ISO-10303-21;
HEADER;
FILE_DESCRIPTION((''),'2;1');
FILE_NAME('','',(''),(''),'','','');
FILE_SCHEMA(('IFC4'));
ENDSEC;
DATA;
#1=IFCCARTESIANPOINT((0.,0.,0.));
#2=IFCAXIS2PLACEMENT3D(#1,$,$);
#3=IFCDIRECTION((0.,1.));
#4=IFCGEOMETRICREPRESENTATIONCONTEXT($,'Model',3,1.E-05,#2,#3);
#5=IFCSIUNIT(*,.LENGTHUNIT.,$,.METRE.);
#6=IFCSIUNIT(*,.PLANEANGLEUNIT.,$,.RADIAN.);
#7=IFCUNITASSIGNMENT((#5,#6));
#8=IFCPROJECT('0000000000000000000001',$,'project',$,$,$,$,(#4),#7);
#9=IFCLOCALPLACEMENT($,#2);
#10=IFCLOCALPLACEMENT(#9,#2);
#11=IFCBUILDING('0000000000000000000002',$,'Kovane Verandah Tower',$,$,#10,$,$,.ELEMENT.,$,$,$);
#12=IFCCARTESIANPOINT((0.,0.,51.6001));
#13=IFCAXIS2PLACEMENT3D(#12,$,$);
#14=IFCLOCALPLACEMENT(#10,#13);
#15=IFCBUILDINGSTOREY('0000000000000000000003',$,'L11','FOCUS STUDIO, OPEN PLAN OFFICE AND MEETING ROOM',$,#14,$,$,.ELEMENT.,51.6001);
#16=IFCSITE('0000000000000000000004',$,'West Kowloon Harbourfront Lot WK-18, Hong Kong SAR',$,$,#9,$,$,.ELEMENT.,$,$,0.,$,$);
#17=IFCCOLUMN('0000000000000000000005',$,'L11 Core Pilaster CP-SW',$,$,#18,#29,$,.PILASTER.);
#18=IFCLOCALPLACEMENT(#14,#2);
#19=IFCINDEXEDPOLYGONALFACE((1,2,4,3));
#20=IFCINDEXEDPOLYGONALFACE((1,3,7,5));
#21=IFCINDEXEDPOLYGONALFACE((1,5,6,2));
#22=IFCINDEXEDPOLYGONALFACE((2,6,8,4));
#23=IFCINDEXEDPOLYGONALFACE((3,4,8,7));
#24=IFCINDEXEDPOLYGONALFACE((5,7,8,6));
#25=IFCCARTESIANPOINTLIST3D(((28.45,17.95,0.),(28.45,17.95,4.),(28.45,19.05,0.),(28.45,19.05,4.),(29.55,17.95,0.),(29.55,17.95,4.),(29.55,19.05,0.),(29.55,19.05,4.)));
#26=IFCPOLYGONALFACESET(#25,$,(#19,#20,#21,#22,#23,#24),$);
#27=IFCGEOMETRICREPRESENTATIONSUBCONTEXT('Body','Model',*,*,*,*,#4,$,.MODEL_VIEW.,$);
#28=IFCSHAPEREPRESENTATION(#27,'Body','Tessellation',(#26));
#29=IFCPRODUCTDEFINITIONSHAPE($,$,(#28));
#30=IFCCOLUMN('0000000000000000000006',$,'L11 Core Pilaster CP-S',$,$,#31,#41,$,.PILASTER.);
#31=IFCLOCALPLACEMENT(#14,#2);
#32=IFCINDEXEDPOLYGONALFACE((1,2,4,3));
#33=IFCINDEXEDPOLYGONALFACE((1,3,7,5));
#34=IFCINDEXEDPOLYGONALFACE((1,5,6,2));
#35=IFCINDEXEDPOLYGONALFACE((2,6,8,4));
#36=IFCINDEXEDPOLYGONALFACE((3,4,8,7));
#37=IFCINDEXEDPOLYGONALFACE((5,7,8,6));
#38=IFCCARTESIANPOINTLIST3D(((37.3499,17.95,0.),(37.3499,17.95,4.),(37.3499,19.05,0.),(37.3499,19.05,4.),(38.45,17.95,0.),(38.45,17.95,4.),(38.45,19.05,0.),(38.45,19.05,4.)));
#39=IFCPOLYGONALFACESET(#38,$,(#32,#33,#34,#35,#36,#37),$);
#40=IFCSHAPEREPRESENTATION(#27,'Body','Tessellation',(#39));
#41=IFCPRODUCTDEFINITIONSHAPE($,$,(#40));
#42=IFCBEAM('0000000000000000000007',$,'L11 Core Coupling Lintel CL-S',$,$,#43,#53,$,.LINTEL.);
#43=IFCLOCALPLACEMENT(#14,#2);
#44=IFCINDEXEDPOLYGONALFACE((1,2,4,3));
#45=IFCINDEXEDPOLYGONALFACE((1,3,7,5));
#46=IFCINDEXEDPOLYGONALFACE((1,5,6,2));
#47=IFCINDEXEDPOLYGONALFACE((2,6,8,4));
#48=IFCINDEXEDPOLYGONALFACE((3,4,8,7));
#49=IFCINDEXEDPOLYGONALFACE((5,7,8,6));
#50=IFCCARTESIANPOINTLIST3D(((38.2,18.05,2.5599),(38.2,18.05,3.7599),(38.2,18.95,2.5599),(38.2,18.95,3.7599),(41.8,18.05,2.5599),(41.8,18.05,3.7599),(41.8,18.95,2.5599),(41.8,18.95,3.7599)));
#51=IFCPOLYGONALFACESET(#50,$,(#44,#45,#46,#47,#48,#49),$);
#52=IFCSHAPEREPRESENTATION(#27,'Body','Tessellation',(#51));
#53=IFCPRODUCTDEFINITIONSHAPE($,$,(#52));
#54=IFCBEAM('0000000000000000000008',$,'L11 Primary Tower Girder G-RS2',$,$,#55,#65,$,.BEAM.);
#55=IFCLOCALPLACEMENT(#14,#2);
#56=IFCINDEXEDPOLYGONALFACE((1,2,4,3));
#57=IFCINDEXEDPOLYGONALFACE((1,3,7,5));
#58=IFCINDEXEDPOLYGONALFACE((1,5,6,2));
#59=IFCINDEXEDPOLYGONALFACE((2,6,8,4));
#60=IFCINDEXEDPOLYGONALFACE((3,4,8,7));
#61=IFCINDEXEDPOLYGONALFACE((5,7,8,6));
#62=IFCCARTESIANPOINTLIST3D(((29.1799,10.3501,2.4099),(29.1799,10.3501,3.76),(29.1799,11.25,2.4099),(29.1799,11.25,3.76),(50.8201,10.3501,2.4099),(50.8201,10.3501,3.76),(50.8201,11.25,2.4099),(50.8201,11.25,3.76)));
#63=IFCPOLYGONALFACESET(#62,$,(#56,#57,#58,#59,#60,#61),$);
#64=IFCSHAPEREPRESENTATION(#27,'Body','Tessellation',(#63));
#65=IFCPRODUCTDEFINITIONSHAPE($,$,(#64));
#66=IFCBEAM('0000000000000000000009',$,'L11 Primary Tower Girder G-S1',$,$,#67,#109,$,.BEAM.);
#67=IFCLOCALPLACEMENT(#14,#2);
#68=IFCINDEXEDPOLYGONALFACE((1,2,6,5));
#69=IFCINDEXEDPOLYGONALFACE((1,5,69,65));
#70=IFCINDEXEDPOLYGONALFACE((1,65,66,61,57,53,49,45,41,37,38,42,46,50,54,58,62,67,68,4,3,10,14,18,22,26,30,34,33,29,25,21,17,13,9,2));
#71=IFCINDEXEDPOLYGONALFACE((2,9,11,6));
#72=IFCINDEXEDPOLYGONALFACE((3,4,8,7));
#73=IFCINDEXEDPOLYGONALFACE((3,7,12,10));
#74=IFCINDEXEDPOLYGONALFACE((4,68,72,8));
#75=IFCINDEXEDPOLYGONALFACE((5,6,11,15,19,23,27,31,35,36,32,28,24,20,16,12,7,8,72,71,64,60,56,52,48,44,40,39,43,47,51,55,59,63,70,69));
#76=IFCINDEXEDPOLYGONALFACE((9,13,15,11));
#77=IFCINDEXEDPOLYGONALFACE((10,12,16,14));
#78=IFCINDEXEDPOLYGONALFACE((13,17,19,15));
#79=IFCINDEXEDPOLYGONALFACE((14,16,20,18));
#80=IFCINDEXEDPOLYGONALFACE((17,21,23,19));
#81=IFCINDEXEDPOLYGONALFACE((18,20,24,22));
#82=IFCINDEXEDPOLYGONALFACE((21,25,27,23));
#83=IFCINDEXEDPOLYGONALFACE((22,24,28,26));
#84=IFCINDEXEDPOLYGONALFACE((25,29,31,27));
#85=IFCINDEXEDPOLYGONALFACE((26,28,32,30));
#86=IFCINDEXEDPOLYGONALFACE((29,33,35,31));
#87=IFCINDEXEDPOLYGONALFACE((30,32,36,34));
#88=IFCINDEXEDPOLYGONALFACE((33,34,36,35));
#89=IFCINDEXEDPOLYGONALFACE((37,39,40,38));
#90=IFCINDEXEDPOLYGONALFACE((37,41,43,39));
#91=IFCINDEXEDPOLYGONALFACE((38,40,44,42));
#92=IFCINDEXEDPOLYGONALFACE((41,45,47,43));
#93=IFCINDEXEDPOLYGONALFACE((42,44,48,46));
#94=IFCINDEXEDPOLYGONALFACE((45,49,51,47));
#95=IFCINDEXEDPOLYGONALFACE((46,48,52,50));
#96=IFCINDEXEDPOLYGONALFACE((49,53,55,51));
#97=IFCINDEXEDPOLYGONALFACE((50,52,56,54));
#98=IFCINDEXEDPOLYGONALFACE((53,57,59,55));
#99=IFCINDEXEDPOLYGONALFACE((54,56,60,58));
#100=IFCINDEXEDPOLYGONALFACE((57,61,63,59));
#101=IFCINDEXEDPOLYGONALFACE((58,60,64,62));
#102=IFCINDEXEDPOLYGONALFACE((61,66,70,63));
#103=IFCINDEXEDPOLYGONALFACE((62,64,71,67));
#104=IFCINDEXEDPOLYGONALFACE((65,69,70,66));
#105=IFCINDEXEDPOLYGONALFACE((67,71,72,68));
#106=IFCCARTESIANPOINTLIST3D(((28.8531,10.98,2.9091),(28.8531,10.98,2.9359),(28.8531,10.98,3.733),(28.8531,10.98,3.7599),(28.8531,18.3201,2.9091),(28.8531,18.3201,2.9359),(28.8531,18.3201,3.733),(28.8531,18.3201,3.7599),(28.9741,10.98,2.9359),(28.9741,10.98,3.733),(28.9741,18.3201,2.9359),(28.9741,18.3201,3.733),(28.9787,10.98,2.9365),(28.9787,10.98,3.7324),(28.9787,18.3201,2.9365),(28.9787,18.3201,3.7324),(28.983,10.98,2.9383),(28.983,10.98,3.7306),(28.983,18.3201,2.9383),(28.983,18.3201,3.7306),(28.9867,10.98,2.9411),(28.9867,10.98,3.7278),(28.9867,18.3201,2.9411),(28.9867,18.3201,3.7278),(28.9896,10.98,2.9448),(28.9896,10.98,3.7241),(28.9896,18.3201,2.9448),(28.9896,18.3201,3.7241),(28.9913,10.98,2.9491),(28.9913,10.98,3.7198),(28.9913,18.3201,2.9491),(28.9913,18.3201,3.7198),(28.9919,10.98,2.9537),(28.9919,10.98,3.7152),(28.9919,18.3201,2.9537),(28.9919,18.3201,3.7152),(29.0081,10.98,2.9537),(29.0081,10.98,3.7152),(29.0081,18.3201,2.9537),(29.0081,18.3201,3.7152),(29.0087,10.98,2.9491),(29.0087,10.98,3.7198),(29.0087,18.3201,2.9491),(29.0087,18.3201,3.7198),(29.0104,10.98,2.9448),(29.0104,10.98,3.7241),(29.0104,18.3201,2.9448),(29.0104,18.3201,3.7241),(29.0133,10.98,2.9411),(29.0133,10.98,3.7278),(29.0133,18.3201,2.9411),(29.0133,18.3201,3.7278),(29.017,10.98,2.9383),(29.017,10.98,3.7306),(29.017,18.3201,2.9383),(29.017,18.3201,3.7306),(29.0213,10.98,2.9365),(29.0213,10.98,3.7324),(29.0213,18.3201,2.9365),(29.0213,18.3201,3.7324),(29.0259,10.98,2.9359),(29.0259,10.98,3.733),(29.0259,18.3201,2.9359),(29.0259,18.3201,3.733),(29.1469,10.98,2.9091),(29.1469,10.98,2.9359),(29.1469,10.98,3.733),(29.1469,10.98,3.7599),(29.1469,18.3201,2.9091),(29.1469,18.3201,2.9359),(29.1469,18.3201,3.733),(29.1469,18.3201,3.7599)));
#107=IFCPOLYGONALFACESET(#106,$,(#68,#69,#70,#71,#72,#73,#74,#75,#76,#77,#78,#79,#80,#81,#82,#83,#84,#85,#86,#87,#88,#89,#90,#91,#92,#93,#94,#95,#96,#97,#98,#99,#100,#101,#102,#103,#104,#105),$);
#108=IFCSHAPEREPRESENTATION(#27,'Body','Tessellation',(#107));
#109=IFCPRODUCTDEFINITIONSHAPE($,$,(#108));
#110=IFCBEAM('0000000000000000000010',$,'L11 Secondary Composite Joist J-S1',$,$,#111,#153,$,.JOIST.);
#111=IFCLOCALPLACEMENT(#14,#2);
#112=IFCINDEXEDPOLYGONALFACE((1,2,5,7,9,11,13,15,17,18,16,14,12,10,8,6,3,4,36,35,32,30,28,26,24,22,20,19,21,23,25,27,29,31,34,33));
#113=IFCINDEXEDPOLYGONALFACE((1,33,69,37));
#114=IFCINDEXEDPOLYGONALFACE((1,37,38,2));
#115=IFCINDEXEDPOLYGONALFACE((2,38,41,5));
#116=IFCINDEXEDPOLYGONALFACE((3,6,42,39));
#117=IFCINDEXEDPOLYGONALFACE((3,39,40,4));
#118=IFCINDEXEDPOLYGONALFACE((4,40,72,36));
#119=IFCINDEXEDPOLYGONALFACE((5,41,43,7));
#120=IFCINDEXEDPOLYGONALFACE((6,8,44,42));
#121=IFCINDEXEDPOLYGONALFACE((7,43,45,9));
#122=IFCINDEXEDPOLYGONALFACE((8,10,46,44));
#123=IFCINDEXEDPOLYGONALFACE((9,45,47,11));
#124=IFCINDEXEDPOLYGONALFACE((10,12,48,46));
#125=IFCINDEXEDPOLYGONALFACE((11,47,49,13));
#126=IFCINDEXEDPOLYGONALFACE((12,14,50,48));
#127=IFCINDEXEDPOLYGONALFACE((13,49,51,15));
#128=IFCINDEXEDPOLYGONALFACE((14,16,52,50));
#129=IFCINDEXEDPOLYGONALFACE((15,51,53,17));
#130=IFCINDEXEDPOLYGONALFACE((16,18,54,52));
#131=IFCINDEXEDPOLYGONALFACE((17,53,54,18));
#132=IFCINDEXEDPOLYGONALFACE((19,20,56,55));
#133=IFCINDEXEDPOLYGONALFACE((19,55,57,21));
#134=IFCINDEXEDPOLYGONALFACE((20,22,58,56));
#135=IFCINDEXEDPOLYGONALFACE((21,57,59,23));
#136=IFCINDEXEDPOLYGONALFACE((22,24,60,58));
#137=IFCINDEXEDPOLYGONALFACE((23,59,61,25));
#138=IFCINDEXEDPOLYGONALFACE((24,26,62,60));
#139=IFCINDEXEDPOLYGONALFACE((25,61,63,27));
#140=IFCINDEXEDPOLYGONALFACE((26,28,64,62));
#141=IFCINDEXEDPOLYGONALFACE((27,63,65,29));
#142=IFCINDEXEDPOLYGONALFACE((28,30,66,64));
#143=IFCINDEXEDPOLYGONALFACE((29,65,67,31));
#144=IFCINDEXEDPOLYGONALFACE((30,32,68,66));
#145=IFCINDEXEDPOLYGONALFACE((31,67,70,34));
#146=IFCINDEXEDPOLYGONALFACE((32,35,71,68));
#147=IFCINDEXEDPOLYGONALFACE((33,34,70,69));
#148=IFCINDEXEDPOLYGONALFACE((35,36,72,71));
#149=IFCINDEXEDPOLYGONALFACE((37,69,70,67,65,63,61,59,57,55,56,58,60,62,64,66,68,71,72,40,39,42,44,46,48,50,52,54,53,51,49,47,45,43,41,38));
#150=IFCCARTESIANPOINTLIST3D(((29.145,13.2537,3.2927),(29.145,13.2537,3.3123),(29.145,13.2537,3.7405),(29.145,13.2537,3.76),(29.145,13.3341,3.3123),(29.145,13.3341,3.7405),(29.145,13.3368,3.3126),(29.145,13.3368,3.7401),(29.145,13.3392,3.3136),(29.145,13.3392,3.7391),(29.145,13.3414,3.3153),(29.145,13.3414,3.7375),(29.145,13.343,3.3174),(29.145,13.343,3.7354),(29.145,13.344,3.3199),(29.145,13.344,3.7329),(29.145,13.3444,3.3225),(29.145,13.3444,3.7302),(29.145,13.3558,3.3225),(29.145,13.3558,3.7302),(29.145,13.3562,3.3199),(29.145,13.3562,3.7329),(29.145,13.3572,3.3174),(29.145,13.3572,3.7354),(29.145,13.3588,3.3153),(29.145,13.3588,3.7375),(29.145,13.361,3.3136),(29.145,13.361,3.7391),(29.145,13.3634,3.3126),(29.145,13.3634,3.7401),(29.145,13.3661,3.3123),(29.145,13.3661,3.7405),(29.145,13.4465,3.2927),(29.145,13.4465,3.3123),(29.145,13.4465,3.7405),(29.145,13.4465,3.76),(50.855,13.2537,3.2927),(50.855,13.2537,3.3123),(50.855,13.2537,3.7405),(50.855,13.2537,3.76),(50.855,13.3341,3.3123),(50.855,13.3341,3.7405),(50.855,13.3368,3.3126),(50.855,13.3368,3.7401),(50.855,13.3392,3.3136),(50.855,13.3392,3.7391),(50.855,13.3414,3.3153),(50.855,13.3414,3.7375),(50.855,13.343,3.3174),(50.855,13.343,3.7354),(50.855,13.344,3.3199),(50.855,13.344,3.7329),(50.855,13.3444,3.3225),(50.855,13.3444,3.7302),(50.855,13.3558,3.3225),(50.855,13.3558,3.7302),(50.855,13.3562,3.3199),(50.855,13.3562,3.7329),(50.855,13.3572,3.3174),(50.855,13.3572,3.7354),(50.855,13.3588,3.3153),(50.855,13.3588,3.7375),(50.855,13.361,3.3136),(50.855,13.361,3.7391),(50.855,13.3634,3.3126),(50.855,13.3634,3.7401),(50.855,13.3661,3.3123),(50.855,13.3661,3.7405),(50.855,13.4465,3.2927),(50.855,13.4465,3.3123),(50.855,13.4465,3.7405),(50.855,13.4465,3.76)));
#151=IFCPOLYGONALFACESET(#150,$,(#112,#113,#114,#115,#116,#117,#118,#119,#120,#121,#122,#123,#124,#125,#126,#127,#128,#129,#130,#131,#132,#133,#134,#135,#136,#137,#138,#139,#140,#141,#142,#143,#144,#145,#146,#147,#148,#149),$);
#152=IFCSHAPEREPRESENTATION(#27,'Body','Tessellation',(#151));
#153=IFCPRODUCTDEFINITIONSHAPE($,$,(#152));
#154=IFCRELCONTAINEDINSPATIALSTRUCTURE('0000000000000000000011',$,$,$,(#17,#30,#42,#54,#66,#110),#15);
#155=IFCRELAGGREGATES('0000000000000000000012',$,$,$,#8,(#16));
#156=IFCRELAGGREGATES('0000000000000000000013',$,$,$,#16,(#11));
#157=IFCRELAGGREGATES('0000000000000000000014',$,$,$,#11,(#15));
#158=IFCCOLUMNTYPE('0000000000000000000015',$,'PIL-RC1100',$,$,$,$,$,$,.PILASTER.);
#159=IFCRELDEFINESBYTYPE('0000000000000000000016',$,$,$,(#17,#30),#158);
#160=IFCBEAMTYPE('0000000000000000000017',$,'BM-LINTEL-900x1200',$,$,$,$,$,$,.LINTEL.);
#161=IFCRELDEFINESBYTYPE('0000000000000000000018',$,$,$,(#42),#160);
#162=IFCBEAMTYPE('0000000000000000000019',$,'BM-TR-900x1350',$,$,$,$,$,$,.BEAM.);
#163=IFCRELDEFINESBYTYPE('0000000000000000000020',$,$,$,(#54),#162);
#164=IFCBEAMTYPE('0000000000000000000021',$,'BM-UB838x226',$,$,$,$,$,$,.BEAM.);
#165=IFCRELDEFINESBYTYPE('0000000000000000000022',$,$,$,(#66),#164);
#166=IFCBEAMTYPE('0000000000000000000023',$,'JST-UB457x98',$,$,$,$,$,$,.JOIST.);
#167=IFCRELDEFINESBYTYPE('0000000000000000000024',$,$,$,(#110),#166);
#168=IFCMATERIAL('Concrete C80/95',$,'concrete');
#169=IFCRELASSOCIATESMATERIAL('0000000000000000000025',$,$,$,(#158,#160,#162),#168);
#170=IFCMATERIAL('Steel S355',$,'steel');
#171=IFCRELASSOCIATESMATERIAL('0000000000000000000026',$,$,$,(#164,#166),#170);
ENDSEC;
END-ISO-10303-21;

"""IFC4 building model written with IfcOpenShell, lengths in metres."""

from ifc_helpers import new_model, si_unit, direction, frame, origin, origin_2d, place, context, subcontext, project, spatial, rectangle, i_section, extrude, material, material_profile, profile_set, type_object, element, save


model = new_model("IFC4")

# Units and contexts
model_context = context("Model", 3, precision=1e-05, world=origin(), true_north=direction((0.0, 1.0)))
body_context = subcontext(model_context, "Body", "Model", "MODEL_VIEW")
ifc_project = project(units=[si_unit("LENGTHUNIT", "METRE"), si_unit("PLANEANGLEUNIT", "RADIAN")], contexts=[model_context])

# Site, building, storey
site_placement = place(None, origin())
site = spatial("IfcSite", under=ifc_project, at=site_placement, Name="West Kowloon Harbourfront Lot WK-18, Hong Kong SAR", CompositionType="ELEMENT", RefElevation=0.0)
building_placement = place(site_placement, origin())
building = spatial("IfcBuilding", under=site, at=building_placement, Name="Kovane Verandah Tower", CompositionType="ELEMENT")
storey_placement = place(building_placement, frame((0.0, 0.0, 51.6001)))
storey = spatial("IfcBuildingStorey", under=building, at=storey_placement, Name="L11", Description="FOCUS STUDIO, OPEN PLAN OFFICE AND MEETING ROOM", CompositionType="ELEMENT", Elevation=51.6001)

# Columns
ifc_material_1 = material(Name="Concrete C80/95", Category="concrete")
ifc_material_profile_1 = material_profile(ifc_material_1, rectangle(XDim=1.1001, YDim=1.1001, at=origin_2d()), Name="RC1100x1100")
ifc_profile_set_1 = profile_set([ifc_material_profile_1], Name="Concrete C80/95")
column_type = type_object("IfcColumnType", Name="PIL-RC1100", PredefinedType="PILASTER", material=ifc_profile_set_1)
for number, where, z_axis, x_axis, name in (
    (1, (29.0, 18.5, 0.0), (0.0, 0.0, 1.0), (1.0, 0.0, 0.0), "L11 Core Pilaster CP-SW"),
    (2, (37.8999, 18.5, 0.0), (0.0, 0.0, 1.0), (1.0, 0.0, 0.0), "L11 Core Pilaster CP-S"),
):
    element("IfcColumn", number, at=place(storey_placement, frame(where, z_axis=z_axis, x_axis=x_axis)), inside=storey, type_object=column_type, Name=name, PredefinedType="PILASTER", context=body_context, shape_type="SweptSolid", body=[
        extrude(rectangle(XDim=1.1001, YDim=1.1001, at=origin_2d()), origin(), (0.0, 0.0, 1.0), 4.0),
    ])

# Beams
ifc_material_profile_2 = material_profile(ifc_material_1, rectangle(XDim=0.8999, YDim=1.2, at=origin_2d()), Name="RCB900x1200")
ifc_profile_set_2 = profile_set([ifc_material_profile_2], Name="Concrete C80/95")
beam_type_1 = type_object("IfcBeamType", Name="BM-LINTEL-900x1200", PredefinedType="LINTEL", material=ifc_profile_set_2)
beam_1_placement = place(storey_placement, frame((38.2, 18.5, 3.1599), z_axis=(1.0, 0.0, 0.0), x_axis=(0.0, 1.0, 0.0)))
element("IfcBeam", 3, at=beam_1_placement, inside=storey, type_object=beam_type_1, Name="L11 Core Coupling Lintel CL-S", PredefinedType="LINTEL", context=body_context, shape_type="SweptSolid", body=[
    extrude(rectangle(XDim=0.8999, YDim=1.2, at=origin_2d()), origin(), (0.0, 0.0, 1.0), 3.6001),
])
ifc_material_profile_3 = material_profile(ifc_material_1, rectangle(XDim=0.8999, YDim=1.3501, at=origin_2d()), Name="RCB900x1350")
ifc_profile_set_3 = profile_set([ifc_material_profile_3], Name="Concrete C80/95")
beam_type_2 = type_object("IfcBeamType", Name="BM-TR-900x1350", PredefinedType="BEAM", material=ifc_profile_set_3)
beam_2_placement = place(storey_placement, frame((29.1799, 10.8, 3.085), z_axis=(1.0, 0.0, 0.0), x_axis=(0.0, 1.0, 0.0)))
element("IfcBeam", 4, at=beam_2_placement, inside=storey, type_object=beam_type_2, Name="L11 Primary Tower Girder G-RS2", PredefinedType="BEAM", context=body_context, shape_type="SweptSolid", body=[
    extrude(rectangle(XDim=0.8999, YDim=1.3501, at=origin_2d()), origin(), (0.0, 0.0, 1.0), 21.6401),
])
ifc_material_2 = material(Name="Steel S355", Category="steel")
ifc_material_profile_4 = material_profile(ifc_material_2, i_section(OverallWidth=0.2937, OverallDepth=0.8508, WebThickness=0.0161, FlangeThickness=0.0269, FilletRadius=0.0178, at=origin_2d()), Name="UB838x292x226")
ifc_profile_set_4 = profile_set([ifc_material_profile_4], Name="Steel S355")
beam_type_3 = type_object("IfcBeamType", Name="BM-UB838x226", PredefinedType="BEAM", material=ifc_profile_set_4)
beam_3_placement = place(storey_placement, frame((29.0, 18.3201, 3.3345), z_axis=(0.0, -1.0, 0.0), x_axis=(1.0, 0.0, 0.0)))
element("IfcBeam", 5, at=beam_3_placement, inside=storey, type_object=beam_type_3, Name="L11 Primary Tower Girder G-S1", PredefinedType="BEAM", context=body_context, shape_type="SweptSolid", body=[
    extrude(i_section(OverallWidth=0.2937, OverallDepth=0.8508, WebThickness=0.0161, FlangeThickness=0.0269, FilletRadius=0.0178, at=origin_2d()), origin(), (0.0, 0.0, 1.0), 7.3401),
])
ifc_material_profile_5 = material_profile(ifc_material_2, i_section(OverallWidth=0.1929, OverallDepth=0.4673, WebThickness=0.0115, FlangeThickness=0.0195, FilletRadius=0.0103, at=origin_2d()), Name="UB457x191x98")
ifc_profile_set_5 = profile_set([ifc_material_profile_5], Name="Steel S355")
beam_type_4 = type_object("IfcBeamType", Name="JST-UB457x98", PredefinedType="JOIST", material=ifc_profile_set_5)
for number, where, z_axis, x_axis, name in (
    (6, (29.145, 13.3501, 3.5264), (1.0, 0.0, 0.0), (0.0, 1.0, 0.0), "L11 Secondary Composite Joist J-S1"),
):
    element("IfcBeam", number, at=place(storey_placement, frame(where, z_axis=z_axis, x_axis=x_axis)), inside=storey, type_object=beam_type_4, Name=name, PredefinedType="JOIST", context=body_context, shape_type="SweptSolid", body=[
        extrude(i_section(OverallWidth=0.1929, OverallDepth=0.4673, WebThickness=0.0115, FlangeThickness=0.0195, FilletRadius=0.0103, at=origin_2d()), origin(), (0.0, 0.0, 1.0), 21.71),
    ])

save(model, "model.ifc")
